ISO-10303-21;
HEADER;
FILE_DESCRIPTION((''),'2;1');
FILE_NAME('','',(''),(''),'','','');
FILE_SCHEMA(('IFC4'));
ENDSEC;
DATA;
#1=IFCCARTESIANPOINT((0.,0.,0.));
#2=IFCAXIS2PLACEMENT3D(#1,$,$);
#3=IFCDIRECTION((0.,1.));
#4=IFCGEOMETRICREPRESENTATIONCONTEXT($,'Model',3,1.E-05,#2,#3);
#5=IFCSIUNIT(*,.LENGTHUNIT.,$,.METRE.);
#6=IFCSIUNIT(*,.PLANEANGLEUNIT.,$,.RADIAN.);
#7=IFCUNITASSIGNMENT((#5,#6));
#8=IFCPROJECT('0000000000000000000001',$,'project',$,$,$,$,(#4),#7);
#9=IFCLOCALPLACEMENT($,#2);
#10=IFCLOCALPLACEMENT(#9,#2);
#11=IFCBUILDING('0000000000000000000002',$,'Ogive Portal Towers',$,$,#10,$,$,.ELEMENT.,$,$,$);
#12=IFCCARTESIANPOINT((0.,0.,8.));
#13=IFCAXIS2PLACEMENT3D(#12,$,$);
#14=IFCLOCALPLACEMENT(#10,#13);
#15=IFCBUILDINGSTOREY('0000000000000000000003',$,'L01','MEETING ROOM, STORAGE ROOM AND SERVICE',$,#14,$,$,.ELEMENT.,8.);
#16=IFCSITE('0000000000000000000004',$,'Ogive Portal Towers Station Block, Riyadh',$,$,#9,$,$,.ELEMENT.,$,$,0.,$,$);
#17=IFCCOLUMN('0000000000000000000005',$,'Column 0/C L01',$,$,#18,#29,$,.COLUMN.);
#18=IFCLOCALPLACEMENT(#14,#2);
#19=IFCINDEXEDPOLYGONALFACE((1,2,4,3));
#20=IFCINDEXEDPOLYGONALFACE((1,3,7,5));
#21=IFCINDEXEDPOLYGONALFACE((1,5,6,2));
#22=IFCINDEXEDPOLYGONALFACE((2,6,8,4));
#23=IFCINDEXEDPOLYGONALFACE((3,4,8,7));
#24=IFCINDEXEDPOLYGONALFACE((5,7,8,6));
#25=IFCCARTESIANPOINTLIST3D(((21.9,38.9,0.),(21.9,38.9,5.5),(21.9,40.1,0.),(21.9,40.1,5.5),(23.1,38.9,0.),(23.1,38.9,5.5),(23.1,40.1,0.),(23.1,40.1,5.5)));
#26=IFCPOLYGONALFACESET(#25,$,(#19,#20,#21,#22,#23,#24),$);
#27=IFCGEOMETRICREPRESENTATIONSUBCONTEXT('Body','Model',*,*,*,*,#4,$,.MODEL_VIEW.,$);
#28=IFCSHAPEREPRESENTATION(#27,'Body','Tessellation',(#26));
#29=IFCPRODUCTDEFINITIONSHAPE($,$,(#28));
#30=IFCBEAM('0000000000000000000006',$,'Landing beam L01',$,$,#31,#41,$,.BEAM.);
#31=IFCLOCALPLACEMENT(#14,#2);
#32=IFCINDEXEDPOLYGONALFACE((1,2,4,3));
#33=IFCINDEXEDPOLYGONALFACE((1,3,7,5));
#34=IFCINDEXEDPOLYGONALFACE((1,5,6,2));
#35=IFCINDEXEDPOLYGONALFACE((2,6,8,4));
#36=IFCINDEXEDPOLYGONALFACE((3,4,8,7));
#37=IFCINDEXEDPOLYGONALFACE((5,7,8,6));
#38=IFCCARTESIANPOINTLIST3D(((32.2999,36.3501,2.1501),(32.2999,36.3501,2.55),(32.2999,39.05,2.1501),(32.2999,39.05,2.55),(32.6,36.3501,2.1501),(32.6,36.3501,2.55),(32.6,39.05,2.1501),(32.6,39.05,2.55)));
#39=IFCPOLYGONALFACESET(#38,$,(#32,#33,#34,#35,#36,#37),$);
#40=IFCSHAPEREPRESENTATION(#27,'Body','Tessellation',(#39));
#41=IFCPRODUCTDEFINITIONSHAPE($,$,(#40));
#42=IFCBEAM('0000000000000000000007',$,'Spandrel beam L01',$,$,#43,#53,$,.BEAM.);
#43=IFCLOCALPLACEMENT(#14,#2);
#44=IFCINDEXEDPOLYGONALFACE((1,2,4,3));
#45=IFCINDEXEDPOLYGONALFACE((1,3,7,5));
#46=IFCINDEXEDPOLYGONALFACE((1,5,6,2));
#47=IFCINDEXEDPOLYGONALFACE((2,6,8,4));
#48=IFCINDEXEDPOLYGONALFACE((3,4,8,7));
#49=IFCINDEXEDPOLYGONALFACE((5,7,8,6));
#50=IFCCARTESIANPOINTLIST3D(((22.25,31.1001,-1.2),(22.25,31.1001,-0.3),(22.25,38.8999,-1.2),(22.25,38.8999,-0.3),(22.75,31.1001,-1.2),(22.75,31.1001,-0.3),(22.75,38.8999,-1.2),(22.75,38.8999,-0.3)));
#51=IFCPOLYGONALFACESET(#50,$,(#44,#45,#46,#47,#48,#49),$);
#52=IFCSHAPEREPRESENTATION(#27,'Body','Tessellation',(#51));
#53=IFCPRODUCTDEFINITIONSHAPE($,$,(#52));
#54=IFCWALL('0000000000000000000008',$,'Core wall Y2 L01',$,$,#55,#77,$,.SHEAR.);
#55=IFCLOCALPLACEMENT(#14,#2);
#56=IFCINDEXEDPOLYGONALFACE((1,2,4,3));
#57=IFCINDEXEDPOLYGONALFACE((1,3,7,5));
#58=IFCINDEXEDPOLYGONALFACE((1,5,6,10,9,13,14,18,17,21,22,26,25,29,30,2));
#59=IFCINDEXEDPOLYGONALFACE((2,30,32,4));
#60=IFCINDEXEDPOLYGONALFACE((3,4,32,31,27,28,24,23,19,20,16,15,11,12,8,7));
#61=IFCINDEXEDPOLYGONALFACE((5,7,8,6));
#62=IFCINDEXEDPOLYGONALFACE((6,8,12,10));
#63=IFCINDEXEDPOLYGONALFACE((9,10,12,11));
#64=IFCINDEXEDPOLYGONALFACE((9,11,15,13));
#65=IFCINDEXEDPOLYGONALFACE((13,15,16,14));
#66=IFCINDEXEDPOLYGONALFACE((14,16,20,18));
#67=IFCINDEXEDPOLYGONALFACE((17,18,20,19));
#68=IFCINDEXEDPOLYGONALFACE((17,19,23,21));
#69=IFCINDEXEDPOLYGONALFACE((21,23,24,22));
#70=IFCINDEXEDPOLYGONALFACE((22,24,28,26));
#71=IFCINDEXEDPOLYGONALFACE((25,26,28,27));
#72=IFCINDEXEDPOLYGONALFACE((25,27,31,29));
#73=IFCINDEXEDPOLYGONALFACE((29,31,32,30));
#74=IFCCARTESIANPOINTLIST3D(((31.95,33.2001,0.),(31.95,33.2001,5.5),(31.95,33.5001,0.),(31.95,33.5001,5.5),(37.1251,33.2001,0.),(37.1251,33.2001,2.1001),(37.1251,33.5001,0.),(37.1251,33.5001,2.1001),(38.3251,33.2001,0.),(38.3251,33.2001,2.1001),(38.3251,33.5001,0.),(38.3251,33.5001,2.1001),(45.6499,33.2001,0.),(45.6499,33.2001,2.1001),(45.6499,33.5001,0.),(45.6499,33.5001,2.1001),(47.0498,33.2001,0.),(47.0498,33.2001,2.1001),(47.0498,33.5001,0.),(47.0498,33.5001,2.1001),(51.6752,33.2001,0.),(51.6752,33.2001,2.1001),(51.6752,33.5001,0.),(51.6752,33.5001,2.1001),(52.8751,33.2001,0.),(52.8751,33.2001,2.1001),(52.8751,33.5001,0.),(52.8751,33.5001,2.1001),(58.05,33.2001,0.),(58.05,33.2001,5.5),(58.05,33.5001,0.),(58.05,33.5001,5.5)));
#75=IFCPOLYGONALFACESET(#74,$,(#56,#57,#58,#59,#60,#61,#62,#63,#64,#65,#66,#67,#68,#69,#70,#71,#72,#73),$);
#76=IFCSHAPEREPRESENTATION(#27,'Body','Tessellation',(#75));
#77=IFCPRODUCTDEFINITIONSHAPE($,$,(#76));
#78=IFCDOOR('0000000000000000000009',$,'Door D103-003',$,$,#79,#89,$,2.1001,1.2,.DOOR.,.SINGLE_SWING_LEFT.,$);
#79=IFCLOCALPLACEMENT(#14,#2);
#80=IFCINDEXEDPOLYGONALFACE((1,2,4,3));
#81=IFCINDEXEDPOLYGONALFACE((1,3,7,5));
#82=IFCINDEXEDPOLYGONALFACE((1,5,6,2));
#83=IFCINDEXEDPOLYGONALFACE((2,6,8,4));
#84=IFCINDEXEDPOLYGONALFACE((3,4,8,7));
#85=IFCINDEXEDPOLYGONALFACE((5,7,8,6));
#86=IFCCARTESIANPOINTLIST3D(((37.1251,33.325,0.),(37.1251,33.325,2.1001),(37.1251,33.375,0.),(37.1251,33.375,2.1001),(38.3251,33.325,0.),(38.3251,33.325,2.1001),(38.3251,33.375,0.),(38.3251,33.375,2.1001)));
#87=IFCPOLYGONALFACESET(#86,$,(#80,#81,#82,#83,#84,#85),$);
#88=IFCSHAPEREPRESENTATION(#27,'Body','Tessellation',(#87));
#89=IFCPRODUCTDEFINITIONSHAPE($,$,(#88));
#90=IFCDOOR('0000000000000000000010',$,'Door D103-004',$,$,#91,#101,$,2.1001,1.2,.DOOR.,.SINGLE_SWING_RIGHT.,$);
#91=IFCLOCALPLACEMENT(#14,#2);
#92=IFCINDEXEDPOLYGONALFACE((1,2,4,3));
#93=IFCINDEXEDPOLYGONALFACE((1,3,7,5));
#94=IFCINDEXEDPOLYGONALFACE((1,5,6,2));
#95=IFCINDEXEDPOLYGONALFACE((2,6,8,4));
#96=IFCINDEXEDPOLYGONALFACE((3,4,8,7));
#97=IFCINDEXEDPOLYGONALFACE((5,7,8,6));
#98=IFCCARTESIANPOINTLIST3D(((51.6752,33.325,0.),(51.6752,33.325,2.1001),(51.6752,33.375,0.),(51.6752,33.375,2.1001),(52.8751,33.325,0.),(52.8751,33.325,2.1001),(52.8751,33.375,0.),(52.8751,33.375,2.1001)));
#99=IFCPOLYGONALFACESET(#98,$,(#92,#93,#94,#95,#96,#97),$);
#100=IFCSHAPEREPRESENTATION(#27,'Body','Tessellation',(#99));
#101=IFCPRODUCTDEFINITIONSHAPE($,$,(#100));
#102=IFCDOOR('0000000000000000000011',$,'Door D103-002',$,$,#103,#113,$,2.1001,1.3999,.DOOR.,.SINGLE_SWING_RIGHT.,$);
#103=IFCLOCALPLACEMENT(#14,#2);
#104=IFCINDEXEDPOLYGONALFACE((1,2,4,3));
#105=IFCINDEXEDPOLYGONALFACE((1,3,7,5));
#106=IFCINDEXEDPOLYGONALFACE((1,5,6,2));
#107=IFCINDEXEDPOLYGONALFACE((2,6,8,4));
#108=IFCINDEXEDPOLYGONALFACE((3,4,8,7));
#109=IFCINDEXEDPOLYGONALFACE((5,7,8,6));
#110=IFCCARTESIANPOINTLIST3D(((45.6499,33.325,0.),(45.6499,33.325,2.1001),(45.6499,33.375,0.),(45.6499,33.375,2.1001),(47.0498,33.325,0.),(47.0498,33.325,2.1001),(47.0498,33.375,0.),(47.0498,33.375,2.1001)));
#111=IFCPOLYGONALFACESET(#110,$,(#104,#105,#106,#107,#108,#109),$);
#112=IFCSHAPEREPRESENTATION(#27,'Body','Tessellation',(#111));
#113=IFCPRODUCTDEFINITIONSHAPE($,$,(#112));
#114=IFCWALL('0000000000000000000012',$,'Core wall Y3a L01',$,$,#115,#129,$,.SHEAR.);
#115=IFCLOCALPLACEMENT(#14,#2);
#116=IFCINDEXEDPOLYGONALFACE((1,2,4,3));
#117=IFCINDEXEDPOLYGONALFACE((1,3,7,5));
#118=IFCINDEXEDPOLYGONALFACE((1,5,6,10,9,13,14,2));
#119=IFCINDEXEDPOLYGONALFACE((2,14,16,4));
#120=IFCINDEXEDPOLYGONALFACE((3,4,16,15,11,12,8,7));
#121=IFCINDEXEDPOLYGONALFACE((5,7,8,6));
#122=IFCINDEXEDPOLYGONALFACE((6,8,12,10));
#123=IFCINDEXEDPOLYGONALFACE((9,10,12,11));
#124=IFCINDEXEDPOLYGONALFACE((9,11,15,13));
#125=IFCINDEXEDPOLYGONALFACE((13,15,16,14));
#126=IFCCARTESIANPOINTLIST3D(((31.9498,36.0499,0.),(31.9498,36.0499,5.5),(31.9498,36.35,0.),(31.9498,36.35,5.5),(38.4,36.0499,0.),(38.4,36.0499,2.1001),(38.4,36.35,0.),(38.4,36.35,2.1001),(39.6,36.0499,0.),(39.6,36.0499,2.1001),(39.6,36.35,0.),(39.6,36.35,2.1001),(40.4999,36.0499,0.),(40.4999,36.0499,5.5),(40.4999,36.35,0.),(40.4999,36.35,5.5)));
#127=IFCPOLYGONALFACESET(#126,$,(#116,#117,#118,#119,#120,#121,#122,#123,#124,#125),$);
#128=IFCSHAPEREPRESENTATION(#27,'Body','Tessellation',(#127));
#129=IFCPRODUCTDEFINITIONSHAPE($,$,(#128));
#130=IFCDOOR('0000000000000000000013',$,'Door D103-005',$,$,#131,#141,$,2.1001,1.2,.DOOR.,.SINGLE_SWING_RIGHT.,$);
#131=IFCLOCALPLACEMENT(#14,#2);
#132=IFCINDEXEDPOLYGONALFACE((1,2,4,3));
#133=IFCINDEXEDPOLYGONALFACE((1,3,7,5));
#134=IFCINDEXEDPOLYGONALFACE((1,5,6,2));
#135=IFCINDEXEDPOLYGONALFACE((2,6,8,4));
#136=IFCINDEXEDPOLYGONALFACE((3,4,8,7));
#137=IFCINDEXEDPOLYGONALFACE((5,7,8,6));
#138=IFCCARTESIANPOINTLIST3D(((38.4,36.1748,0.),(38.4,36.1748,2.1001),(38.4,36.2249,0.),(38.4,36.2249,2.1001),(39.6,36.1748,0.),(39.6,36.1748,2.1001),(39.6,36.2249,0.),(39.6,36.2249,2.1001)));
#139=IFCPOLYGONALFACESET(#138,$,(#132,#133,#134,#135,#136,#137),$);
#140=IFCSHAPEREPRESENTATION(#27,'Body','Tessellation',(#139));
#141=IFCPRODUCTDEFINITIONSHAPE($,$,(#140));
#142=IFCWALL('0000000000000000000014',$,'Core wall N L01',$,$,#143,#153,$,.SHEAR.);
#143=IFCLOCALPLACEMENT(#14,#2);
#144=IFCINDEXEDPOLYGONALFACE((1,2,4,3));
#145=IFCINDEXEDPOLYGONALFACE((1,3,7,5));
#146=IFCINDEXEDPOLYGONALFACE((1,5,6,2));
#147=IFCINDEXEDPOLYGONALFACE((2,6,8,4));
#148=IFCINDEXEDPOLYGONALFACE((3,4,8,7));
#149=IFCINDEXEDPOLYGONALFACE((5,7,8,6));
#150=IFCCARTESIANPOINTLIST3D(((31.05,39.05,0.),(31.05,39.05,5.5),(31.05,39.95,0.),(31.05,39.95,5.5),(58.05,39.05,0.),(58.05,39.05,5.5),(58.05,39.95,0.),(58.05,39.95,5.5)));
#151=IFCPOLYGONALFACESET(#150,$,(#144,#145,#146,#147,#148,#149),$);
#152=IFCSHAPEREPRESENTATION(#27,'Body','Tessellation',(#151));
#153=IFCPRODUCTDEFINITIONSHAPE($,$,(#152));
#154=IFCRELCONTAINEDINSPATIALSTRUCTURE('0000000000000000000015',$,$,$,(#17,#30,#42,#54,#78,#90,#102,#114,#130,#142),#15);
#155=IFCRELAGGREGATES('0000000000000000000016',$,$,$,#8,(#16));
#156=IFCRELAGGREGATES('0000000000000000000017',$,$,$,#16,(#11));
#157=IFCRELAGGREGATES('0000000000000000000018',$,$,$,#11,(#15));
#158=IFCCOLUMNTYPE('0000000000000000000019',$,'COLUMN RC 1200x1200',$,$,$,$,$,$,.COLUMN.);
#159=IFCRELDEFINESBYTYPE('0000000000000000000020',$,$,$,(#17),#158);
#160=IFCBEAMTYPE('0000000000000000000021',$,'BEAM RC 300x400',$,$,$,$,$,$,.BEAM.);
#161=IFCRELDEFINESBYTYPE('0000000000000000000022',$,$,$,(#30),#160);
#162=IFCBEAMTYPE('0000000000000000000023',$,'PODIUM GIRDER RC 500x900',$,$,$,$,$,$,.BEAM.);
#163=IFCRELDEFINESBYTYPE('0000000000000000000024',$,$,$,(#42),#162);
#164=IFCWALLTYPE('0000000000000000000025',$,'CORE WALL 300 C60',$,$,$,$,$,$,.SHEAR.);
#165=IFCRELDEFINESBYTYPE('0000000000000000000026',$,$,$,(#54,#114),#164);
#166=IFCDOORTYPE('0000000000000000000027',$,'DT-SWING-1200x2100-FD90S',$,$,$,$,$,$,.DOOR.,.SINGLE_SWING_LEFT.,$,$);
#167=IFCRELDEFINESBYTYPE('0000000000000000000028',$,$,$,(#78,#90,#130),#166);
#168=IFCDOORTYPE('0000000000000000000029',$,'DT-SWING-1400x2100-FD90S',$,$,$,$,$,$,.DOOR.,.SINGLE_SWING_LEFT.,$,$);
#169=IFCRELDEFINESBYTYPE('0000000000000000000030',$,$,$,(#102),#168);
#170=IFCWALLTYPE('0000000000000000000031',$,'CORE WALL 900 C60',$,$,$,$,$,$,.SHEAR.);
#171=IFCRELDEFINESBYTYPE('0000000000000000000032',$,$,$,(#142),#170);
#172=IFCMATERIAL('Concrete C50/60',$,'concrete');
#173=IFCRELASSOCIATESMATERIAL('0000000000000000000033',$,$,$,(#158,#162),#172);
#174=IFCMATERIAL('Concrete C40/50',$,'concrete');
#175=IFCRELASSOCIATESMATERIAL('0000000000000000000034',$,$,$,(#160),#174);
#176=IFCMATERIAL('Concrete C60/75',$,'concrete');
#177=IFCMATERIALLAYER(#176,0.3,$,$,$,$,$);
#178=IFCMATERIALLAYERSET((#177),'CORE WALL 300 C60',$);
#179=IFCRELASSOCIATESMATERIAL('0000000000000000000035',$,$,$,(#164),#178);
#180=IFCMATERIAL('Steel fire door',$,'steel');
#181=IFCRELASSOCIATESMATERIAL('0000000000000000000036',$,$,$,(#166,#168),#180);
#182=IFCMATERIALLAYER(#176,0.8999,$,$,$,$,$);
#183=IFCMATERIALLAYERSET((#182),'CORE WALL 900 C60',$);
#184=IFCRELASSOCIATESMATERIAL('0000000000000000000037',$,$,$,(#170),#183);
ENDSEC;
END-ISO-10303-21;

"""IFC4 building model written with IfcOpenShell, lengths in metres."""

from ifc_helpers import new_model, si_unit, direction, frame, frame_2d, origin, origin_2d, place, context, subcontext, project, spatial, rectangle, extrude, material, layer, layer_set, material_profile, profile_set, type_object, element, fill, save


model = new_model("IFC4")

# Units and contexts
model_context = context("Model", 3, precision=1e-05, world=origin(), true_north=direction((0.0, 1.0)))
body_context = subcontext(model_context, "Body", "Model", "MODEL_VIEW")
ifc_project = project(units=[si_unit("LENGTHUNIT", "METRE"), si_unit("PLANEANGLEUNIT", "RADIAN")], contexts=[model_context])

# Site, building, storey
site_placement = place(None, origin())
site = spatial("IfcSite", under=ifc_project, at=site_placement, Name="Ogive Portal Towers Station Block, Riyadh", CompositionType="ELEMENT", RefElevation=0.0)
building_placement = place(site_placement, origin())
building = spatial("IfcBuilding", under=site, at=building_placement, Name="Ogive Portal Towers", CompositionType="ELEMENT")
storey_placement = place(building_placement, frame((0.0, 0.0, 8.0)))
storey = spatial("IfcBuildingStorey", under=building, at=storey_placement, Name="L01", Description="MEETING ROOM, STORAGE ROOM AND SERVICE", CompositionType="ELEMENT", Elevation=8.0)

# Column
ifc_material_1 = material(Name="Concrete C50/60", Category="concrete")
ifc_material_profile_1 = material_profile(ifc_material_1, rectangle(XDim=1.2, YDim=1.2, at=origin_2d()), Name="RC 1200x1200")
ifc_profile_set_1 = profile_set([ifc_material_profile_1], Name="Concrete C50/60")
column_type = type_object("IfcColumnType", Name="COLUMN RC 1200x1200", PredefinedType="COLUMN", material=ifc_profile_set_1)
column_placement = place(storey_placement, frame((22.5, 39.5, 0.0), z_axis=(0.0, 0.0, 1.0), x_axis=(1.0, 0.0, 0.0)))
element("IfcColumn", 1, at=column_placement, inside=storey, type_object=column_type, Name="Column 0/C L01", PredefinedType="COLUMN", context=body_context, shape_type="SweptSolid", body=[
    extrude(rectangle(XDim=1.2, YDim=1.2, at=origin_2d()), origin(), (0.0, 0.0, 1.0), 5.5),
])

# Beams
ifc_material_2 = material(Name="Concrete C40/50", Category="concrete")
ifc_material_profile_2 = material_profile(ifc_material_2, rectangle(XDim=0.3, YDim=0.3999, at=origin_2d()), Name="RC 300x400")
ifc_profile_set_2 = profile_set([ifc_material_profile_2], Name="Concrete C40/50")
beam_type_1 = type_object("IfcBeamType", Name="BEAM RC 300x400", PredefinedType="BEAM", material=ifc_profile_set_2)
beam_1_placement = place(storey_placement, frame((32.45, 36.3501, 2.3501), z_axis=(0.0, 1.0, 0.0), x_axis=(-1.0, 0.0, 0.0)))
element("IfcBeam", 2, at=beam_1_placement, inside=storey, type_object=beam_type_1, Name="Landing beam L01", PredefinedType="BEAM", context=body_context, shape_type="SweptSolid", body=[
    extrude(rectangle(XDim=0.3, YDim=0.3999, at=origin_2d()), origin(), (0.0, 0.0, 1.0), 2.7),
])
ifc_material_profile_3 = material_profile(ifc_material_1, rectangle(XDim=0.5, YDim=0.8999, at=origin_2d()), Name="RC 500x900")
ifc_profile_set_3 = profile_set([ifc_material_profile_3], Name="Concrete C50/60")
beam_type_2 = type_object("IfcBeamType", Name="PODIUM GIRDER RC 500x900", PredefinedType="BEAM", material=ifc_profile_set_3)
beam_2_placement = place(storey_placement, frame((22.5, 38.8999, -0.75), z_axis=(0.0, -1.0, 0.0), x_axis=(1.0, 0.0, 0.0)))
element("IfcBeam", 3, at=beam_2_placement, inside=storey, type_object=beam_type_2, Name="Spandrel beam L01", PredefinedType="BEAM", context=body_context, shape_type="SweptSolid", body=[
    extrude(rectangle(XDim=0.5, YDim=0.8999, at=origin_2d()), origin(), (0.0, 0.0, 1.0), 7.7998),
])

# Wall, openings, doors
ifc_material_3 = material(Name="Concrete C60/75", Category="concrete")
ifc_layer_1 = layer(ifc_material_3, 0.3)
ifc_layer_set_1 = layer_set([ifc_layer_1], Name="CORE WALL 300 C60")
wall_type_1 = type_object("IfcWallType", Name="CORE WALL 300 C60", PredefinedType="SHEAR", material=ifc_layer_set_1)
wall_1_placement = place(storey_placement, frame((31.95, 33.3501, 0.0), z_axis=(0.0, 0.0, 1.0), x_axis=(1.0, 0.0, 0.0)))
wall_1 = element("IfcWall", 4, at=wall_1_placement, inside=storey, type_object=wall_type_1, Name="Core wall Y2 L01", PredefinedType="SHEAR", context=body_context, shape_type="SweptSolid", body=[
    extrude(rectangle(XDim=26.1001, YDim=0.3, at=frame_2d((13.05, 0.0))), origin(), (0.0, 0.0, 1.0), 5.5),
])
opening_1_placement = place(wall_1_placement, frame((13.7, 0.0, 0.0)))
opening_1 = element("IfcOpeningElement", 5, at=opening_1_placement, cuts=wall_1, PredefinedType="OPENING", context=body_context, shape_type="SweptSolid", body=[
    extrude(rectangle(XDim=1.3999, YDim=2.1001, at=frame_2d((0.7, 1.05))), frame((0.0, 0.1602, 0.0), z_axis=(0.0, -1.0, 0.0), x_axis=(1.0, 0.0, 0.0)), (0.0, 0.0, 1.0), 0.3201),
])
opening_2_placement = place(wall_1_placement, frame((5.175, 0.0, 0.0)))
opening_2 = element("IfcOpeningElement", 6, at=opening_2_placement, cuts=wall_1, PredefinedType="OPENING", context=body_context, shape_type="SweptSolid", body=[
    extrude(rectangle(XDim=1.2, YDim=2.1001, at=frame_2d((0.6001, 1.05))), frame((0.0, 0.1602, 0.0), z_axis=(0.0, -1.0, 0.0), x_axis=(1.0, 0.0, 0.0)), (0.0, 0.0, 1.0), 0.3201),
])
opening_3_placement = place(wall_1_placement, frame((19.7251, 0.0, 0.0)))
opening_3 = element("IfcOpeningElement", 7, at=opening_3_placement, cuts=wall_1, PredefinedType="OPENING", context=body_context, shape_type="SweptSolid", body=[
    extrude(rectangle(XDim=1.2, YDim=2.1001, at=frame_2d((0.6001, 1.05))), frame((0.0, 0.1602, 0.0), z_axis=(0.0, -1.0, 0.0), x_axis=(1.0, 0.0, 0.0)), (0.0, 0.0, 1.0), 0.3201),
])
ifc_material_4 = material(Name="Steel fire door", Category="steel")
door_type_1 = type_object("IfcDoorType", Name="DT-SWING-1200x2100-FD90S", OperationType="SINGLE_SWING_LEFT", PredefinedType="DOOR", material=ifc_material_4)
door_1_placement = place(opening_2_placement, origin())
door_1 = element("IfcDoor", 8, at=door_1_placement, inside=storey, type_object=door_type_1, Name="Door D103-003", OperationType="SINGLE_SWING_LEFT", OverallHeight=2.1001, OverallWidth=1.2, PredefinedType="DOOR", context=body_context, shape_type="SweptSolid", body=[
    extrude(rectangle(XDim=1.2, YDim=2.1001, at=frame_2d((0.6001, 1.05))), frame((0.0, 0.0249, 0.0), z_axis=(0.0, -1.0, 0.0), x_axis=(1.0, 0.0, 0.0)), (0.0, 0.0, 1.0), 0.05),
])
fill(opening_2, door_1)
door_2_placement = place(opening_3_placement, origin())
door_2 = element("IfcDoor", 9, at=door_2_placement, inside=storey, type_object=door_type_1, Name="Door D103-004", OperationType="SINGLE_SWING_RIGHT", OverallHeight=2.1001, OverallWidth=1.2, PredefinedType="DOOR", context=body_context, shape_type="SweptSolid", body=[
    extrude(rectangle(XDim=1.2, YDim=2.1001, at=frame_2d((0.6001, 1.05))), frame((0.0, 0.0249, 0.0), z_axis=(0.0, -1.0, 0.0), x_axis=(1.0, 0.0, 0.0)), (0.0, 0.0, 1.0), 0.05),
])
fill(opening_3, door_2)
door_type_2 = type_object("IfcDoorType", Name="DT-SWING-1400x2100-FD90S", OperationType="SINGLE_SWING_LEFT", PredefinedType="DOOR", material=ifc_material_4)
door_3_placement = place(opening_1_placement, origin())
door_3 = element("IfcDoor", 10, at=door_3_placement, inside=storey, type_object=door_type_2, Name="Door D103-002", OperationType="SINGLE_SWING_RIGHT", OverallHeight=2.1001, OverallWidth=1.3999, PredefinedType="DOOR", context=body_context, shape_type="SweptSolid", body=[
    extrude(rectangle(XDim=1.3999, YDim=2.1001, at=frame_2d((0.7, 1.05))), frame((0.0, 0.0249, 0.0), z_axis=(0.0, -1.0, 0.0), x_axis=(1.0, 0.0, 0.0)), (0.0, 0.0, 1.0), 0.05),
])
fill(opening_1, door_3)

# Wall, opening, door
wall_2_placement = place(storey_placement, frame((31.95, 36.2, 0.0), z_axis=(0.0, 0.0, 1.0), x_axis=(1.0, 0.0, 0.0)))
wall_2 = element("IfcWall", 11, at=wall_2_placement, inside=storey, type_object=wall_type_1, Name="Core wall Y3a L01", PredefinedType="SHEAR", context=body_context, shape_type="SweptSolid", body=[
    extrude(rectangle(XDim=8.55, YDim=0.3, at=frame_2d((4.2749, 0.0))), origin(), (0.0, 0.0, 1.0), 5.5),
])
opening_4_placement = place(wall_2_placement, frame((6.45, 0.0, 0.0)))
opening_4 = element("IfcOpeningElement", 12, at=opening_4_placement, cuts=wall_2, PredefinedType="OPENING", context=body_context, shape_type="SweptSolid", body=[
    extrude(rectangle(XDim=1.2, YDim=2.1001, at=frame_2d((0.6001, 1.05))), frame((0.0, 0.1602, 0.0), z_axis=(0.0, -1.0, 0.0), x_axis=(1.0, 0.0, 0.0)), (0.0, 0.0, 1.0), 0.3201),
])
door_4_placement = place(opening_4_placement, origin())
door_4 = element("IfcDoor", 13, at=door_4_placement, inside=storey, type_object=door_type_1, Name="Door D103-005", OperationType="SINGLE_SWING_RIGHT", OverallHeight=2.1001, OverallWidth=1.2, PredefinedType="DOOR", context=body_context, shape_type="SweptSolid", body=[
    extrude(rectangle(XDim=1.2, YDim=2.1001, at=frame_2d((0.6001, 1.05))), frame((0.0, 0.0249, 0.0), z_axis=(0.0, -1.0, 0.0), x_axis=(1.0, 0.0, 0.0)), (0.0, 0.0, 1.0), 0.05),
])
fill(opening_4, door_4)

# Wall
ifc_layer_2 = layer(ifc_material_3, 0.8999)
ifc_layer_set_2 = layer_set([ifc_layer_2], Name="CORE WALL 900 C60")
wall_type_2 = type_object("IfcWallType", Name="CORE WALL 900 C60", PredefinedType="SHEAR", material=ifc_layer_set_2)
wall_3_placement = place(storey_placement, frame((31.05, 39.5, 0.0), z_axis=(0.0, 0.0, 1.0), x_axis=(1.0, 0.0, 0.0)))
element("IfcWall", 14, at=wall_3_placement, inside=storey, type_object=wall_type_2, Name="Core wall N L01", PredefinedType="SHEAR", context=body_context, shape_type="SweptSolid", body=[
    extrude(rectangle(XDim=27.0, YDim=0.8999, at=frame_2d((13.5, 0.0))), origin(), (0.0, 0.0, 1.0), 5.5),
])

save(model, "model.ifc")
